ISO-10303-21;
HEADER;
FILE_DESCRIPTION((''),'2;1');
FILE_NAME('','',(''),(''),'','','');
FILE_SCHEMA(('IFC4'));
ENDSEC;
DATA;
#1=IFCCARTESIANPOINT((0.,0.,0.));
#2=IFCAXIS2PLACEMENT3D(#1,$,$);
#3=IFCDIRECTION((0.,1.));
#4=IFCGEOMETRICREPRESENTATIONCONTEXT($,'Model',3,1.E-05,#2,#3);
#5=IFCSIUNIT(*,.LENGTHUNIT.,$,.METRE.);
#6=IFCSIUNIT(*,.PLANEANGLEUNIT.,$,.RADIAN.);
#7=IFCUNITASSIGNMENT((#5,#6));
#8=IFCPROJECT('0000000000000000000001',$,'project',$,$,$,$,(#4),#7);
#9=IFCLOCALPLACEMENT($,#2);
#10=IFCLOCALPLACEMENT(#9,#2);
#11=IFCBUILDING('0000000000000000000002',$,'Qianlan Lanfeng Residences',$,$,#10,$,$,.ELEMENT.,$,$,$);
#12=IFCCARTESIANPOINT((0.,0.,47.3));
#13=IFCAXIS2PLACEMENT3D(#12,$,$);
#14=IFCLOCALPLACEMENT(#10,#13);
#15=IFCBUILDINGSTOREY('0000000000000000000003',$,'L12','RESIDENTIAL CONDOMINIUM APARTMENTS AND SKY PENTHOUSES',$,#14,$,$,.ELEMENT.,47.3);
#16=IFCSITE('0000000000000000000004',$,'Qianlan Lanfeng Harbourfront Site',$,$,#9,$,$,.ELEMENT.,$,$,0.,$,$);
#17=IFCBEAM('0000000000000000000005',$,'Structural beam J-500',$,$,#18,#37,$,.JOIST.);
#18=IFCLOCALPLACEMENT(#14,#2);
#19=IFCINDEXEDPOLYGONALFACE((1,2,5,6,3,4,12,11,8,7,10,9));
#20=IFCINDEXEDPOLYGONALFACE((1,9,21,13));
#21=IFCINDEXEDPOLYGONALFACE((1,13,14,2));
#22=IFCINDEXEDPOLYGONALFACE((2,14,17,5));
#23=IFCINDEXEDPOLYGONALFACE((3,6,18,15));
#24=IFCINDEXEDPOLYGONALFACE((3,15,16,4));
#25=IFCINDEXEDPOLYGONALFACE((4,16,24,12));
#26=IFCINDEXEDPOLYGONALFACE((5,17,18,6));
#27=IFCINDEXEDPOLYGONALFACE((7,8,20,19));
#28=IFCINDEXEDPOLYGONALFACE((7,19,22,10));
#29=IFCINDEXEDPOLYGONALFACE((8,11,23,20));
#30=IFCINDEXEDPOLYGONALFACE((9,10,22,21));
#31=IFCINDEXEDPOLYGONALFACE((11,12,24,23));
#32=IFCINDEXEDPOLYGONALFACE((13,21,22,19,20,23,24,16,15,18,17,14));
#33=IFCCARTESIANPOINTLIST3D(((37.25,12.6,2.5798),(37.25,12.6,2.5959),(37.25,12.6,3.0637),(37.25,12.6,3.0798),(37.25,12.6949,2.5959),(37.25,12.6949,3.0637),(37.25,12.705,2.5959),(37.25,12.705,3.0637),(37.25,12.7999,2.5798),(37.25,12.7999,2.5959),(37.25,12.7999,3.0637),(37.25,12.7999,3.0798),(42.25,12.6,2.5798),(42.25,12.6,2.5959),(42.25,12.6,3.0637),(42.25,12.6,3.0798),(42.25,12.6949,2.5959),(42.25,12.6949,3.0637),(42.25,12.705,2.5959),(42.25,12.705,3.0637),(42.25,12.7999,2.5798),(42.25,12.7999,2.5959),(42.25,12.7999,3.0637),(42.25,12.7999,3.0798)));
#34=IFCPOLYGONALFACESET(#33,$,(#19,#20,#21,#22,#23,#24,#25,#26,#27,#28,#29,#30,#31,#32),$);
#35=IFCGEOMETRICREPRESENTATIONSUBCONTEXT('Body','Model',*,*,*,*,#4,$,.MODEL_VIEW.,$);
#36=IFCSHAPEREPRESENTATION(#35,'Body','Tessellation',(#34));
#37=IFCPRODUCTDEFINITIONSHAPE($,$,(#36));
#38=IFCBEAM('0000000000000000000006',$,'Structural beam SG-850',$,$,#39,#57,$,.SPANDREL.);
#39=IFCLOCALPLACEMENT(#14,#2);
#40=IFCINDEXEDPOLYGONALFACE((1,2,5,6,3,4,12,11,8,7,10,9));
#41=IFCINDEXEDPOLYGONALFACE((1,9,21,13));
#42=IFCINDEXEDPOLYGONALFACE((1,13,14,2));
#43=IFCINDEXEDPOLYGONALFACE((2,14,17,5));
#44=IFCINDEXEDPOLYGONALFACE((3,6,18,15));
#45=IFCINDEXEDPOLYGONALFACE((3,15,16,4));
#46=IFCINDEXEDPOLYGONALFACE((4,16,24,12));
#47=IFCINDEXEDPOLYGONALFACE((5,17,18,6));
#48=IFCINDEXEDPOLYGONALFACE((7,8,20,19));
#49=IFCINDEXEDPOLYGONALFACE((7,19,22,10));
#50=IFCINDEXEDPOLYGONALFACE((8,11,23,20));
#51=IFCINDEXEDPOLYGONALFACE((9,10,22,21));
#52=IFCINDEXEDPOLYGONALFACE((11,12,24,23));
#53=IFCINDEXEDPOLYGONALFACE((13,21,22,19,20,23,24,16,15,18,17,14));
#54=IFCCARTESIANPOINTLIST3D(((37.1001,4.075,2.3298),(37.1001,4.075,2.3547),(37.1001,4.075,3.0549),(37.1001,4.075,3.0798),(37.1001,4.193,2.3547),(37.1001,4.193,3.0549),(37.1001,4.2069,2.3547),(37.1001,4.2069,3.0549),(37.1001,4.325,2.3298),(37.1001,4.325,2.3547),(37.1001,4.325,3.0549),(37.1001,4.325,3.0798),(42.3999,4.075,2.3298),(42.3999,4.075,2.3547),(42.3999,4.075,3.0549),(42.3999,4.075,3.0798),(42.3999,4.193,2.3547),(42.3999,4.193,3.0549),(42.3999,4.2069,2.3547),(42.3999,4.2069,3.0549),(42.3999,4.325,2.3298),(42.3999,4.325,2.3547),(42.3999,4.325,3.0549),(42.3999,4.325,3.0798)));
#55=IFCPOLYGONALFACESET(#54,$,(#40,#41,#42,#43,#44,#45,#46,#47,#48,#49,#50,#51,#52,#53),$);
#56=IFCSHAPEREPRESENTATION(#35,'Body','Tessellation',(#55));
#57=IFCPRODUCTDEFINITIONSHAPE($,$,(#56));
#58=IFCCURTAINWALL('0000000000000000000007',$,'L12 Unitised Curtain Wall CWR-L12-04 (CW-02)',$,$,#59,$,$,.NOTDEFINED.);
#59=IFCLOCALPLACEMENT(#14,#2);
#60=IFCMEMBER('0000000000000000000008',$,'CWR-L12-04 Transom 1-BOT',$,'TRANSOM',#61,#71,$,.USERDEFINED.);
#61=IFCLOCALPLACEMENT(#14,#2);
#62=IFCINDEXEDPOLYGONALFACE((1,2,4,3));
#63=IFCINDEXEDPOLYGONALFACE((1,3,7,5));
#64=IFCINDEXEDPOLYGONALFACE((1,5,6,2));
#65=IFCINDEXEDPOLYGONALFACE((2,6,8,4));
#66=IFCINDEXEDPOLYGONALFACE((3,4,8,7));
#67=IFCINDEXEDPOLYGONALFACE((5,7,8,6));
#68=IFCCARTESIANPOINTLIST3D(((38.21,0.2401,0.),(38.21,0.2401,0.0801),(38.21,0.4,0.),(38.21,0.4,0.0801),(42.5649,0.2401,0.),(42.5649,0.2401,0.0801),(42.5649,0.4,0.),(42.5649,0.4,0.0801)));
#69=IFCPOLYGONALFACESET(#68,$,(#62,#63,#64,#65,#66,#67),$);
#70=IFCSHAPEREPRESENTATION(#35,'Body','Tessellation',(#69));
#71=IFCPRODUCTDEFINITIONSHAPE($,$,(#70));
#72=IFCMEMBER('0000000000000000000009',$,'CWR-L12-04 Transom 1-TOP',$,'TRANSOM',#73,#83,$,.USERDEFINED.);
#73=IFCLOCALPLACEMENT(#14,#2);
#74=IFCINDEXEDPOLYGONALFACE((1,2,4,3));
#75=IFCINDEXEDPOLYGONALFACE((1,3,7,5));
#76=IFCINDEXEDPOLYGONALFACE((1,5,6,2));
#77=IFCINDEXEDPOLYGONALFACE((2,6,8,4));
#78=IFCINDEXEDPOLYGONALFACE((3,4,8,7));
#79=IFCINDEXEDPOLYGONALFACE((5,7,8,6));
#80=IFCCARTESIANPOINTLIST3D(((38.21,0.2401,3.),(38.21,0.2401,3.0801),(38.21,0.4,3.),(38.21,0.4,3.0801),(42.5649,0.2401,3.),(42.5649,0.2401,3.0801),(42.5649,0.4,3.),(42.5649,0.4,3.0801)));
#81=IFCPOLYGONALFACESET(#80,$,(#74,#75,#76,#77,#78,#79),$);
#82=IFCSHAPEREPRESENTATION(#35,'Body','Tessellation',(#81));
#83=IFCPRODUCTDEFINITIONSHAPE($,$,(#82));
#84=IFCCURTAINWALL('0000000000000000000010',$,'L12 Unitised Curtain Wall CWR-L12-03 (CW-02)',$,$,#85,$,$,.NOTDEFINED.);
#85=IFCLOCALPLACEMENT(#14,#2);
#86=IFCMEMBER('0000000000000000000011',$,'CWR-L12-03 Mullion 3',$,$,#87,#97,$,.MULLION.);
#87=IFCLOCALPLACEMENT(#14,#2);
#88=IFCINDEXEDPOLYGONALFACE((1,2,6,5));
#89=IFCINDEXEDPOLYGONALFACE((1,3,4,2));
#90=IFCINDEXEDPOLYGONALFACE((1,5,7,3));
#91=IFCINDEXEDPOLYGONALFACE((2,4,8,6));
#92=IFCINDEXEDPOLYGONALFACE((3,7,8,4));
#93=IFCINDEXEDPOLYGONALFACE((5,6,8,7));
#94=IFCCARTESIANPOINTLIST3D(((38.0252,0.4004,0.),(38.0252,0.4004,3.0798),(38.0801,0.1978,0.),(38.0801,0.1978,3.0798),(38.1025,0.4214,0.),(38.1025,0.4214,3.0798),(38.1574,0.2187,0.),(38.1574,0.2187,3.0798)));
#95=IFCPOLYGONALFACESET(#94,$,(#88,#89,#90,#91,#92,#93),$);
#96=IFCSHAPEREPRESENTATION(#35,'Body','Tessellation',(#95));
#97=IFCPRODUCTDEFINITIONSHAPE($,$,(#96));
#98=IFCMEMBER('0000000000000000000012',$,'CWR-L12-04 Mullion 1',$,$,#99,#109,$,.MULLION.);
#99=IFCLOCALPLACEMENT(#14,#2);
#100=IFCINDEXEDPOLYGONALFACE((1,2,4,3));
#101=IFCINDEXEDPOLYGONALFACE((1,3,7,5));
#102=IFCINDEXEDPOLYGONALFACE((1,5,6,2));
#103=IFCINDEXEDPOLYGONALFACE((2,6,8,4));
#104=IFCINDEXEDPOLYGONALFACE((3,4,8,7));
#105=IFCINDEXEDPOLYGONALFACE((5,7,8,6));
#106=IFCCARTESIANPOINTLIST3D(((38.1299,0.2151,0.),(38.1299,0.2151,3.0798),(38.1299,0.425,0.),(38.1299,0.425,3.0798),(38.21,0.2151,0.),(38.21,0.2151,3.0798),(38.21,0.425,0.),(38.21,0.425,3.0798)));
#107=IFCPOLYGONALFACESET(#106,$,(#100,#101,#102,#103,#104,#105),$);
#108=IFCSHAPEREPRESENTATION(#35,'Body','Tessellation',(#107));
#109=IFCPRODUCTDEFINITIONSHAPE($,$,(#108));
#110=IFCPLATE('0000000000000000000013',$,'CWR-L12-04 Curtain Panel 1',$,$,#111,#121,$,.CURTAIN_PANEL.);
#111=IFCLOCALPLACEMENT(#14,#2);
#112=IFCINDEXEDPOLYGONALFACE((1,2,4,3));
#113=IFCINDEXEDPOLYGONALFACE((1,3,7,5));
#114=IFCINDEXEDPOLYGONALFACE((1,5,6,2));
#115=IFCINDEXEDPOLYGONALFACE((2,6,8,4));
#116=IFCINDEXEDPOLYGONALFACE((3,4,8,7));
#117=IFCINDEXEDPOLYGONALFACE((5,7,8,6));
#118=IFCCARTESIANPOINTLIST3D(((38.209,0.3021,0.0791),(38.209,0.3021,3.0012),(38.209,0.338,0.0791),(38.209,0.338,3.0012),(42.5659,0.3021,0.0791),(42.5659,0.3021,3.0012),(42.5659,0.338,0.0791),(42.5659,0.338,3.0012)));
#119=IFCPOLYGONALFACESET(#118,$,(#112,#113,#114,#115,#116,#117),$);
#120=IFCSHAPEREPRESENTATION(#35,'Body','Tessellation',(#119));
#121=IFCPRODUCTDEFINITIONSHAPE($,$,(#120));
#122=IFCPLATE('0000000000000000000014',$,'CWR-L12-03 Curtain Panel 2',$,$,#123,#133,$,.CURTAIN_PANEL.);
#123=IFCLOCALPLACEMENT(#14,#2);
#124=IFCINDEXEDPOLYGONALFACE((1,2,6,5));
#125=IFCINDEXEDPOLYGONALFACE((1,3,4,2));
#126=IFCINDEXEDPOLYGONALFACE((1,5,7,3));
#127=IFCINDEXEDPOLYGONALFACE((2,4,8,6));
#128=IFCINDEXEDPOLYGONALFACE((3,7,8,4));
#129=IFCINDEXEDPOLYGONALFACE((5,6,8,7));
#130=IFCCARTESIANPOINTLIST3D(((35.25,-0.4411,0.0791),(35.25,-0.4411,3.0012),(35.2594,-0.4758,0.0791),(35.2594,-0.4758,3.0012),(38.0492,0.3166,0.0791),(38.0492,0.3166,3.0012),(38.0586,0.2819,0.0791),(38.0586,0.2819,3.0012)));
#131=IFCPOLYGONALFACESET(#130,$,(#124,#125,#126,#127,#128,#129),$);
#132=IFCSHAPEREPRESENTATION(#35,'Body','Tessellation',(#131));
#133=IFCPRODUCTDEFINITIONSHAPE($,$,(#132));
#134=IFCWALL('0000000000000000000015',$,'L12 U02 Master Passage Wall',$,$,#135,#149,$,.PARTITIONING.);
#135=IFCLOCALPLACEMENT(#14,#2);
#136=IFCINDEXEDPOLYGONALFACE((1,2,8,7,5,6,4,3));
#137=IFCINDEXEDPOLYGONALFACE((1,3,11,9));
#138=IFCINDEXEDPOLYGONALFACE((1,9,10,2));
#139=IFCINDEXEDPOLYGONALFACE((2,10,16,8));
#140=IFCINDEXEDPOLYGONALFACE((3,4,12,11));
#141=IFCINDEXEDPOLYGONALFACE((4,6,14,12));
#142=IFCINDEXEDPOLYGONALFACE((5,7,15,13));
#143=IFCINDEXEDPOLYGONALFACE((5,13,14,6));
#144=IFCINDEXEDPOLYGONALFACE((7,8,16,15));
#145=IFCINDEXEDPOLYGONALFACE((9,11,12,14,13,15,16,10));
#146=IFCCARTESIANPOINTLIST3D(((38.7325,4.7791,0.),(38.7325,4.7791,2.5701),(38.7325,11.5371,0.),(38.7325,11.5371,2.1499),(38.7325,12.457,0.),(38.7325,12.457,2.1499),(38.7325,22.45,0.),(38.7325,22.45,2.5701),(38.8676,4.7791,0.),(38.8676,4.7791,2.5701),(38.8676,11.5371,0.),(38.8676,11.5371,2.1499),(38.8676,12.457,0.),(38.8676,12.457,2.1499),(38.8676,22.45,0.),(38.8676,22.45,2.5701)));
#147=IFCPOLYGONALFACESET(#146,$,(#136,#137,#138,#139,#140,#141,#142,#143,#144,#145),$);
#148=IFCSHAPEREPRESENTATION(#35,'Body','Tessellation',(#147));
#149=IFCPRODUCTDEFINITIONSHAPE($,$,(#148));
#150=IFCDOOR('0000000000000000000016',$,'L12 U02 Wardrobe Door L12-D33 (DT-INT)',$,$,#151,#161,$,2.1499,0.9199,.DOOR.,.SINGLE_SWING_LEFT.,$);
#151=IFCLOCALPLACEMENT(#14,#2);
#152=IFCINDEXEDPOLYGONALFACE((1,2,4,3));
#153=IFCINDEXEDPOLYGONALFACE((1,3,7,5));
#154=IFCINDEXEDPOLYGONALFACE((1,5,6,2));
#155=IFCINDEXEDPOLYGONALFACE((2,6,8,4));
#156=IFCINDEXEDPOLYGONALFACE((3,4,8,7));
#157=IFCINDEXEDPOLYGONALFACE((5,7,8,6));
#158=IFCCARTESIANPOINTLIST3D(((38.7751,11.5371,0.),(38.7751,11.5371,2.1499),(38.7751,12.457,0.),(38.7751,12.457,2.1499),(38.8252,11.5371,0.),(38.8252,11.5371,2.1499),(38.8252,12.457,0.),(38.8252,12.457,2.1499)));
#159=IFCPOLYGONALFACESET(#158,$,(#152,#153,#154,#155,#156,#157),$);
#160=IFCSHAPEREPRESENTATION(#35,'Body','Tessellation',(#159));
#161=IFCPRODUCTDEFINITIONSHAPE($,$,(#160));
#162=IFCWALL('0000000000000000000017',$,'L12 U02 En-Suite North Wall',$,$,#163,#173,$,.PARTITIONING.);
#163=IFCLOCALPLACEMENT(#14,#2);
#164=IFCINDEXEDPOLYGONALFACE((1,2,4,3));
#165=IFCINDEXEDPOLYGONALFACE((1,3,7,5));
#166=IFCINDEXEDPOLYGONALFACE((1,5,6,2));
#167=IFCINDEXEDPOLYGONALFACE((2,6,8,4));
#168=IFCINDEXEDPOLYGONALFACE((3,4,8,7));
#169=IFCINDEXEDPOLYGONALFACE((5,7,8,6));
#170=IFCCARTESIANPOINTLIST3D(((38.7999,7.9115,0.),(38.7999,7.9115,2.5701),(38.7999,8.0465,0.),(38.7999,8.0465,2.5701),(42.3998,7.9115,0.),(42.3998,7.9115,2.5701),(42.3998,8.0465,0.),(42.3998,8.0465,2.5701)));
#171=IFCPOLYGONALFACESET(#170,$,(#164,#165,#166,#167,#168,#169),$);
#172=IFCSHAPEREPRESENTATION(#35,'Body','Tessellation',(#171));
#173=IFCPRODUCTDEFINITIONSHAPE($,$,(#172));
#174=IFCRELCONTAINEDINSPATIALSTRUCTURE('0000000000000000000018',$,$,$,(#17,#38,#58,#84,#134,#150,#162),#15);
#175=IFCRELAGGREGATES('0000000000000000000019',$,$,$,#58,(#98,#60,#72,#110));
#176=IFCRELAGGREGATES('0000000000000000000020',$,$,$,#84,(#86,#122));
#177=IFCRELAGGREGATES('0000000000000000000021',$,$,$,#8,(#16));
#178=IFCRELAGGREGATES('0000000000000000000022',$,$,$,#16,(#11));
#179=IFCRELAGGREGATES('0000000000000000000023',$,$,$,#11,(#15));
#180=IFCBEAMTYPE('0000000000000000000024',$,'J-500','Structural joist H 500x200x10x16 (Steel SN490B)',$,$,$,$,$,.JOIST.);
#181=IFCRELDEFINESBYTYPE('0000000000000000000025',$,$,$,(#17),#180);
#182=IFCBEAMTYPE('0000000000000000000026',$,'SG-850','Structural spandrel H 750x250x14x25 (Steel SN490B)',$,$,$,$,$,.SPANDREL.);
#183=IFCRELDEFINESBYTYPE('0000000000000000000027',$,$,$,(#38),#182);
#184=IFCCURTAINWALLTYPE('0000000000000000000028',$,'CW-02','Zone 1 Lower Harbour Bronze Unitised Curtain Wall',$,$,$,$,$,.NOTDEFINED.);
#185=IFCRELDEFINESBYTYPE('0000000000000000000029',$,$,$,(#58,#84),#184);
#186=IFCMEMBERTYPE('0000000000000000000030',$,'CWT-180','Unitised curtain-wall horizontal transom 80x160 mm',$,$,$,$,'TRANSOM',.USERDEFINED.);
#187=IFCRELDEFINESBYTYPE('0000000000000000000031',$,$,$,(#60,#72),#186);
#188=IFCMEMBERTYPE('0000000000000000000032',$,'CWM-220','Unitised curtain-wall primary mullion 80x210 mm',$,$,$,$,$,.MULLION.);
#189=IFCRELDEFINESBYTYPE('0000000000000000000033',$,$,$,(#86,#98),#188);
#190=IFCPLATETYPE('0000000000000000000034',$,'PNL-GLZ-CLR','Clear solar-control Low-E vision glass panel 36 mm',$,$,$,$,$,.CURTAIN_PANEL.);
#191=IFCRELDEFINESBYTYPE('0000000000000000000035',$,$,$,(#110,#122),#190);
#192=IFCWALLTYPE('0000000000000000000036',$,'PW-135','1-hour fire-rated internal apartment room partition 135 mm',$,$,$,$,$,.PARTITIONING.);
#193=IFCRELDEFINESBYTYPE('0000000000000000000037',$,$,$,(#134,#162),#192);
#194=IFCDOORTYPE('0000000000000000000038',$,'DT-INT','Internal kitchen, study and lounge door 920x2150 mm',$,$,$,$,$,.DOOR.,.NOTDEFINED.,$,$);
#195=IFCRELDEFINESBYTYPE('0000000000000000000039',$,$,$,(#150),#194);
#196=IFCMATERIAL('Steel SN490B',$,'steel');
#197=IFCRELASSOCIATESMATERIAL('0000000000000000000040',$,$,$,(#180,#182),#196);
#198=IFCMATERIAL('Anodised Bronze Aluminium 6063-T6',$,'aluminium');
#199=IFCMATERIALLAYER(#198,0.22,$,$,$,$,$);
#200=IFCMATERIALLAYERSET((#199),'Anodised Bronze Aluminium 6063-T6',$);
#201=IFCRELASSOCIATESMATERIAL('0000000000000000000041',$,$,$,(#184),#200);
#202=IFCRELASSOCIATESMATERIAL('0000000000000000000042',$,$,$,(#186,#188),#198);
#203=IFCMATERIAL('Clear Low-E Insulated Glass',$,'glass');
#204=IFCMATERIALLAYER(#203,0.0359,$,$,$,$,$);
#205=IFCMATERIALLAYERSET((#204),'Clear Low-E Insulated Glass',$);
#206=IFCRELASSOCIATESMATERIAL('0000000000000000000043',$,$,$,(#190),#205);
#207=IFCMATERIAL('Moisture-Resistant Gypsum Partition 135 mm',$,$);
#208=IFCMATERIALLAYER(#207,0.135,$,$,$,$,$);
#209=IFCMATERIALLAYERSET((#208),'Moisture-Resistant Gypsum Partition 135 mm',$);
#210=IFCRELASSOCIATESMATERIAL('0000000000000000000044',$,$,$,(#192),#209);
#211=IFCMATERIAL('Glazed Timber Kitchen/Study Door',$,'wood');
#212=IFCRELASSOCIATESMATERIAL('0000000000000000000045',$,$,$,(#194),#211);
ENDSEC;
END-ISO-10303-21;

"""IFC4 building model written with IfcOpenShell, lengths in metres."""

from ifc_helpers import new_model, si_unit, direction, frame, frame_2d, origin, origin_2d, place, context, subcontext, project, spatial, rectangle, i_section, extrude, source, transform, mapped, material, layer, layer_set, material_profile, profile_set, type_object, element, fill, aggregate, save


model = new_model("IFC4")

# Units and contexts
model_context = context("Model", 3, precision=1e-05, world=origin(), true_north=direction((0.0, 1.0)))
body_context = subcontext(model_context, "Body", "Model", "MODEL_VIEW")
ifc_project = project(units=[si_unit("LENGTHUNIT", "METRE"), si_unit("PLANEANGLEUNIT", "RADIAN")], contexts=[model_context])

# Site, building, storey
site_placement = place(None, origin())
site = spatial("IfcSite", under=ifc_project, at=site_placement, Name="Qianlan Lanfeng Harbourfront Site", CompositionType="ELEMENT", RefElevation=0.0)
building_placement = place(site_placement, origin())
building = spatial("IfcBuilding", under=site, at=building_placement, Name="Qianlan Lanfeng Residences", CompositionType="ELEMENT")
storey_placement = place(building_placement, frame((0.0, 0.0, 47.3)))
storey = spatial("IfcBuildingStorey", under=building, at=storey_placement, Name="L12", Description="RESIDENTIAL CONDOMINIUM APARTMENTS AND SKY PENTHOUSES", CompositionType="ELEMENT", Elevation=47.3)

# Shared definitions
ifc_material_1 = material(Name="Steel SN490B", Category="steel")

# Beams
ifc_material_profile_1 = material_profile(ifc_material_1, i_section(OverallWidth=0.2, OverallDepth=0.5, WebThickness=0.01, FlangeThickness=0.0161, at=origin_2d()), Name="H 500x200x10x16")
ifc_profile_set_1 = profile_set([ifc_material_profile_1], Name="Steel SN490B")
beam_type_1 = type_object("IfcBeamType", Name="J-500", Description="Structural joist H 500x200x10x16 (Steel SN490B)", PredefinedType="JOIST", material=ifc_profile_set_1)
beam_1_placement = place(storey_placement, frame((37.25, 12.7, 2.8298), z_axis=(1.0, 0.0, 0.0), x_axis=(0.0, 1.0, 0.0)))
element("IfcBeam", 1, at=beam_1_placement, inside=storey, type_object=beam_type_1, Name="Structural beam J-500", PredefinedType="JOIST", context=body_context, shape_type="SweptSolid", body=[
    extrude(i_section(OverallWidth=0.2, OverallDepth=0.5, WebThickness=0.01, FlangeThickness=0.0161, at=origin_2d()), origin(), (0.0, 0.0, 1.0), 5.0),
])
ifc_material_profile_2 = material_profile(ifc_material_1, i_section(OverallWidth=0.25, OverallDepth=0.75, WebThickness=0.0139, FlangeThickness=0.0249, at=origin_2d()), Name="H 750x250x14x25")
ifc_profile_set_2 = profile_set([ifc_material_profile_2], Name="Steel SN490B")
beam_type_2 = type_object("IfcBeamType", Name="SG-850", Description="Structural spandrel H 750x250x14x25 (Steel SN490B)", PredefinedType="SPANDREL", material=ifc_profile_set_2)
beam_2_placement = place(storey_placement, frame((37.1001, 4.2, 2.7048), z_axis=(1.0, 0.0, 0.0), x_axis=(0.0, 1.0, 0.0)))
element("IfcBeam", 2, at=beam_2_placement, inside=storey, type_object=beam_type_2, Name="Structural beam SG-850", PredefinedType="SPANDREL", context=body_context, shape_type="SweptSolid", body=[
    extrude(i_section(OverallWidth=0.25, OverallDepth=0.75, WebThickness=0.0139, FlangeThickness=0.0249, at=origin_2d()), origin(), (0.0, 0.0, 1.0), 5.2998),
])

# Curtain wall, members
ifc_material_2 = material(Name="Anodised Bronze Aluminium 6063-T6", Category="aluminium")
ifc_layer_1 = layer(ifc_material_2, 0.22)
ifc_layer_set_1 = layer_set([ifc_layer_1], Name="Anodised Bronze Aluminium 6063-T6")
curtain_wall_type = type_object("IfcCurtainWallType", Name="CW-02", Description="Zone 1 Lower Harbour Bronze Unitised Curtain Wall", PredefinedType="NOTDEFINED", material=ifc_layer_set_1)
curtain_wall_1_placement = place(storey_placement, origin())
curtain_wall_1 = element("IfcCurtainWall", 3, at=curtain_wall_1_placement, inside=storey, type_object=curtain_wall_type, Name="L12 Unitised Curtain Wall CWR-L12-04 (CW-02)", PredefinedType="NOTDEFINED")
ifc_material_profile_3 = material_profile(ifc_material_2, rectangle(XDim=0.0801, YDim=0.1599, at=origin_2d()), Name="ALU TRANSOM 80x160")
ifc_profile_set_3 = profile_set([ifc_material_profile_3], Name="Anodised Bronze Aluminium 6063-T6")
member_type_1 = type_object("IfcMemberType", Name="CWT-180", Description="Unitised curtain-wall horizontal transom 80x160 mm", ElementType="TRANSOM", PredefinedType="USERDEFINED", material=ifc_profile_set_3)
shared_shape_1 = source(origin(), body_context, "Body", "SweptSolid", [
    extrude(rectangle(XDim=0.0801, YDim=0.1599, at=origin_2d()), origin(), (0.0, 0.0, 1.0), 4.355),
])
member_1_placement = place(storey_placement, frame((38.21, 0.3201, 0.04), z_axis=(1.0, 0.0, 0.0), x_axis=(0.0, 0.0, 1.0)))
member_1 = element("IfcMember", 4, at=member_1_placement, type_object=member_type_1, Name="CWR-L12-04 Transom 1-BOT", ObjectType="TRANSOM", PredefinedType="USERDEFINED", context=body_context, shape_type="MappedRepresentation", body=[
    mapped(shared_shape_1, transform((0.0, 0.0, 0.0), scale=1.0)),
])
member_2_placement = place(storey_placement, frame((38.21, 0.3201, 3.04), z_axis=(1.0, 0.0, 0.0), x_axis=(0.0, 0.0, 1.0)))
member_2 = element("IfcMember", 5, at=member_2_placement, type_object=member_type_1, Name="CWR-L12-04 Transom 1-TOP", ObjectType="TRANSOM", PredefinedType="USERDEFINED", context=body_context, shape_type="MappedRepresentation", body=[
    mapped(shared_shape_1, transform((0.0, 0.0, 0.0), scale=1.0)),
])

# Curtain wall, member
curtain_wall_2_placement = place(storey_placement, origin())
curtain_wall_2 = element("IfcCurtainWall", 6, at=curtain_wall_2_placement, inside=storey, type_object=curtain_wall_type, Name="L12 Unitised Curtain Wall CWR-L12-03 (CW-02)", PredefinedType="NOTDEFINED")
ifc_material_profile_4 = material_profile(ifc_material_2, rectangle(XDim=0.0801, YDim=0.21, at=origin_2d()), Name="ALU MULLION 80x210")
ifc_profile_set_4 = profile_set([ifc_material_profile_4], Name="Anodised Bronze Aluminium 6063-T6")
member_type_2 = type_object("IfcMemberType", Name="CWM-220", Description="Unitised curtain-wall primary mullion 80x210 mm", PredefinedType="MULLION", material=ifc_profile_set_4)
shared_shape_2 = source(origin(), body_context, "Body", "SweptSolid", [
    extrude(rectangle(XDim=0.0801, YDim=0.21, at=origin_2d()), origin(), (0.0, 0.0, 1.0), 3.0798),
])
member_3_placement = place(storey_placement, frame((38.0913, 0.3096, 0.0), z_axis=(0.0, 0.0, 1.0), x_axis=(0.965263, 0.261281, 0.0)))
member_3 = element("IfcMember", 7, at=member_3_placement, type_object=member_type_2, Name="CWR-L12-03 Mullion 3", PredefinedType="MULLION", context=body_context, shape_type="MappedRepresentation", body=[
    mapped(shared_shape_2, transform((0.0, 0.0, 0.0), scale=1.0)),
])

# Member
member_4_placement = place(storey_placement, frame((38.1699, 0.3201, 0.0), z_axis=(0.0, 0.0, 1.0), x_axis=(1.0, 0.0, 0.0)))
member_4 = element("IfcMember", 8, at=member_4_placement, type_object=member_type_2, Name="CWR-L12-04 Mullion 1", PredefinedType="MULLION", context=body_context, shape_type="MappedRepresentation", body=[
    mapped(shared_shape_2, transform((0.0, 0.0, 0.0), scale=1.0)),
])

# Plates
ifc_material_3 = material(Name="Clear Low-E Insulated Glass", Category="glass")
ifc_layer_2 = layer(ifc_material_3, 0.0359)
ifc_layer_set_2 = layer_set([ifc_layer_2], Name="Clear Low-E Insulated Glass")
plate_type = type_object("IfcPlateType", Name="PNL-GLZ-CLR", Description="Clear solar-control Low-E vision glass panel 36 mm", PredefinedType="CURTAIN_PANEL", material=ifc_layer_set_2)
shared_shape_3 = source(origin(), body_context, "Body", "SweptSolid", [
    extrude(rectangle(XDim=4.3569, YDim=0.0359, at=origin_2d()), origin(), (0.0, 0.0, 1.0), 2.9221),
])
plate_1_placement = place(storey_placement, frame((40.3875, 0.3201, 0.0791), z_axis=(0.0, 0.0, 1.0), x_axis=(1.0, 0.0, 0.0)))
plate_1 = element("IfcPlate", 9, at=plate_1_placement, type_object=plate_type, Name="CWR-L12-04 Curtain Panel 1", PredefinedType="CURTAIN_PANEL", context=body_context, shape_type="MappedRepresentation", body=[
    mapped(shared_shape_3, transform((0.0, 0.0, 0.0), scale=1.0)),
])
aggregate(curtain_wall_1, [member_4, member_1, member_2, plate_1])
shared_shape_4 = source(origin(), body_context, "Body", "SweptSolid", [
    extrude(rectangle(XDim=2.8999, YDim=0.0359, at=origin_2d()), origin(), (0.0, 0.0, 1.0), 2.9221),
])
plate_2_placement = place(storey_placement, frame((36.6543, -0.0796, 0.0791), z_axis=(0.0, 0.0, 1.0), x_axis=(0.965263, 0.261281, 0.0)))
plate_2 = element("IfcPlate", 10, at=plate_2_placement, type_object=plate_type, Name="CWR-L12-03 Curtain Panel 2", PredefinedType="CURTAIN_PANEL", context=body_context, shape_type="MappedRepresentation", body=[
    mapped(shared_shape_4, transform((0.0, 0.0, 0.0), scale=1.0)),
])
aggregate(curtain_wall_2, [member_3, plate_2])

# Wall, opening, door
ifc_material_4 = material(Name="Moisture-Resistant Gypsum Partition 135 mm")
ifc_layer_3 = layer(ifc_material_4, 0.135)
ifc_layer_set_3 = layer_set([ifc_layer_3], Name="Moisture-Resistant Gypsum Partition 135 mm")
wall_type_1 = type_object("IfcWallType", Name="PW-135", Description="1-hour fire-rated internal apartment room partition 135 mm", PredefinedType="PARTITIONING", material=ifc_layer_set_3)
wall_1_placement = place(storey_placement, frame((38.8, 4.7791, 0.0), z_axis=(0.0, 0.0, 1.0), x_axis=(0.0, 1.0, 0.0)))
wall_1 = element("IfcWall", 11, at=wall_1_placement, inside=storey, type_object=wall_type_1, Name="L12 U02 Master Passage Wall", PredefinedType="PARTITIONING", context=body_context, shape_type="SweptSolid", body=[
    extrude(rectangle(XDim=17.6709, YDim=0.135, at=frame_2d((8.8354, 0.0))), origin(), (0.0, 0.0, 1.0), 2.5701),
])
opening_placement = place(wall_1_placement, frame((6.7581, 0.0, 0.0)))
opening = element("IfcOpeningElement", 12, at=opening_placement, cuts=wall_1, PredefinedType="OPENING", context=body_context, shape_type="SweptSolid", body=[
    extrude(rectangle(XDim=0.9199, YDim=2.1499, at=frame_2d((0.46, 1.075))), frame((0.0, 0.0776, 0.0), z_axis=(0.0, -1.0, 0.0), x_axis=(1.0, 0.0, 0.0)), (0.0, 0.0, 1.0), 0.155),
])
ifc_material_5 = material(Name="Glazed Timber Kitchen/Study Door", Category="wood")
door_type = type_object("IfcDoorType", Name="DT-INT", Description="Internal kitchen, study and lounge door 920x2150 mm", OperationType="NOTDEFINED", PredefinedType="DOOR", material=ifc_material_5)
door_placement = place(opening_placement, origin())
door = element("IfcDoor", 13, at=door_placement, inside=storey, type_object=door_type, Name="L12 U02 Wardrobe Door L12-D33 (DT-INT)", OperationType="SINGLE_SWING_LEFT", OverallHeight=2.1499, OverallWidth=0.9199, PredefinedType="DOOR", context=body_context, shape_type="SweptSolid", body=[
    extrude(rectangle(XDim=0.9199, YDim=2.1499, at=frame_2d((0.46, 1.075))), frame((0.0, 0.0249, 0.0), z_axis=(0.0, -1.0, 0.0), x_axis=(1.0, 0.0, 0.0)), (0.0, 0.0, 1.0), 0.05),
])
fill(opening, door)

# Wall
wall_2_placement = place(storey_placement, frame((38.8, 7.979, 0.0), z_axis=(0.0, 0.0, 1.0), x_axis=(1.0, 0.0, 0.0)))
element("IfcWall", 14, at=wall_2_placement, inside=storey, type_object=wall_type_1, Name="L12 U02 En-Suite North Wall", PredefinedType="PARTITIONING", context=body_context, shape_type="SweptSolid", body=[
    extrude(rectangle(XDim=3.5999, YDim=0.135, at=frame_2d((1.7998, 0.0))), origin(), (0.0, 0.0, 1.0), 2.5701),
])

save(model, "model.ifc")
